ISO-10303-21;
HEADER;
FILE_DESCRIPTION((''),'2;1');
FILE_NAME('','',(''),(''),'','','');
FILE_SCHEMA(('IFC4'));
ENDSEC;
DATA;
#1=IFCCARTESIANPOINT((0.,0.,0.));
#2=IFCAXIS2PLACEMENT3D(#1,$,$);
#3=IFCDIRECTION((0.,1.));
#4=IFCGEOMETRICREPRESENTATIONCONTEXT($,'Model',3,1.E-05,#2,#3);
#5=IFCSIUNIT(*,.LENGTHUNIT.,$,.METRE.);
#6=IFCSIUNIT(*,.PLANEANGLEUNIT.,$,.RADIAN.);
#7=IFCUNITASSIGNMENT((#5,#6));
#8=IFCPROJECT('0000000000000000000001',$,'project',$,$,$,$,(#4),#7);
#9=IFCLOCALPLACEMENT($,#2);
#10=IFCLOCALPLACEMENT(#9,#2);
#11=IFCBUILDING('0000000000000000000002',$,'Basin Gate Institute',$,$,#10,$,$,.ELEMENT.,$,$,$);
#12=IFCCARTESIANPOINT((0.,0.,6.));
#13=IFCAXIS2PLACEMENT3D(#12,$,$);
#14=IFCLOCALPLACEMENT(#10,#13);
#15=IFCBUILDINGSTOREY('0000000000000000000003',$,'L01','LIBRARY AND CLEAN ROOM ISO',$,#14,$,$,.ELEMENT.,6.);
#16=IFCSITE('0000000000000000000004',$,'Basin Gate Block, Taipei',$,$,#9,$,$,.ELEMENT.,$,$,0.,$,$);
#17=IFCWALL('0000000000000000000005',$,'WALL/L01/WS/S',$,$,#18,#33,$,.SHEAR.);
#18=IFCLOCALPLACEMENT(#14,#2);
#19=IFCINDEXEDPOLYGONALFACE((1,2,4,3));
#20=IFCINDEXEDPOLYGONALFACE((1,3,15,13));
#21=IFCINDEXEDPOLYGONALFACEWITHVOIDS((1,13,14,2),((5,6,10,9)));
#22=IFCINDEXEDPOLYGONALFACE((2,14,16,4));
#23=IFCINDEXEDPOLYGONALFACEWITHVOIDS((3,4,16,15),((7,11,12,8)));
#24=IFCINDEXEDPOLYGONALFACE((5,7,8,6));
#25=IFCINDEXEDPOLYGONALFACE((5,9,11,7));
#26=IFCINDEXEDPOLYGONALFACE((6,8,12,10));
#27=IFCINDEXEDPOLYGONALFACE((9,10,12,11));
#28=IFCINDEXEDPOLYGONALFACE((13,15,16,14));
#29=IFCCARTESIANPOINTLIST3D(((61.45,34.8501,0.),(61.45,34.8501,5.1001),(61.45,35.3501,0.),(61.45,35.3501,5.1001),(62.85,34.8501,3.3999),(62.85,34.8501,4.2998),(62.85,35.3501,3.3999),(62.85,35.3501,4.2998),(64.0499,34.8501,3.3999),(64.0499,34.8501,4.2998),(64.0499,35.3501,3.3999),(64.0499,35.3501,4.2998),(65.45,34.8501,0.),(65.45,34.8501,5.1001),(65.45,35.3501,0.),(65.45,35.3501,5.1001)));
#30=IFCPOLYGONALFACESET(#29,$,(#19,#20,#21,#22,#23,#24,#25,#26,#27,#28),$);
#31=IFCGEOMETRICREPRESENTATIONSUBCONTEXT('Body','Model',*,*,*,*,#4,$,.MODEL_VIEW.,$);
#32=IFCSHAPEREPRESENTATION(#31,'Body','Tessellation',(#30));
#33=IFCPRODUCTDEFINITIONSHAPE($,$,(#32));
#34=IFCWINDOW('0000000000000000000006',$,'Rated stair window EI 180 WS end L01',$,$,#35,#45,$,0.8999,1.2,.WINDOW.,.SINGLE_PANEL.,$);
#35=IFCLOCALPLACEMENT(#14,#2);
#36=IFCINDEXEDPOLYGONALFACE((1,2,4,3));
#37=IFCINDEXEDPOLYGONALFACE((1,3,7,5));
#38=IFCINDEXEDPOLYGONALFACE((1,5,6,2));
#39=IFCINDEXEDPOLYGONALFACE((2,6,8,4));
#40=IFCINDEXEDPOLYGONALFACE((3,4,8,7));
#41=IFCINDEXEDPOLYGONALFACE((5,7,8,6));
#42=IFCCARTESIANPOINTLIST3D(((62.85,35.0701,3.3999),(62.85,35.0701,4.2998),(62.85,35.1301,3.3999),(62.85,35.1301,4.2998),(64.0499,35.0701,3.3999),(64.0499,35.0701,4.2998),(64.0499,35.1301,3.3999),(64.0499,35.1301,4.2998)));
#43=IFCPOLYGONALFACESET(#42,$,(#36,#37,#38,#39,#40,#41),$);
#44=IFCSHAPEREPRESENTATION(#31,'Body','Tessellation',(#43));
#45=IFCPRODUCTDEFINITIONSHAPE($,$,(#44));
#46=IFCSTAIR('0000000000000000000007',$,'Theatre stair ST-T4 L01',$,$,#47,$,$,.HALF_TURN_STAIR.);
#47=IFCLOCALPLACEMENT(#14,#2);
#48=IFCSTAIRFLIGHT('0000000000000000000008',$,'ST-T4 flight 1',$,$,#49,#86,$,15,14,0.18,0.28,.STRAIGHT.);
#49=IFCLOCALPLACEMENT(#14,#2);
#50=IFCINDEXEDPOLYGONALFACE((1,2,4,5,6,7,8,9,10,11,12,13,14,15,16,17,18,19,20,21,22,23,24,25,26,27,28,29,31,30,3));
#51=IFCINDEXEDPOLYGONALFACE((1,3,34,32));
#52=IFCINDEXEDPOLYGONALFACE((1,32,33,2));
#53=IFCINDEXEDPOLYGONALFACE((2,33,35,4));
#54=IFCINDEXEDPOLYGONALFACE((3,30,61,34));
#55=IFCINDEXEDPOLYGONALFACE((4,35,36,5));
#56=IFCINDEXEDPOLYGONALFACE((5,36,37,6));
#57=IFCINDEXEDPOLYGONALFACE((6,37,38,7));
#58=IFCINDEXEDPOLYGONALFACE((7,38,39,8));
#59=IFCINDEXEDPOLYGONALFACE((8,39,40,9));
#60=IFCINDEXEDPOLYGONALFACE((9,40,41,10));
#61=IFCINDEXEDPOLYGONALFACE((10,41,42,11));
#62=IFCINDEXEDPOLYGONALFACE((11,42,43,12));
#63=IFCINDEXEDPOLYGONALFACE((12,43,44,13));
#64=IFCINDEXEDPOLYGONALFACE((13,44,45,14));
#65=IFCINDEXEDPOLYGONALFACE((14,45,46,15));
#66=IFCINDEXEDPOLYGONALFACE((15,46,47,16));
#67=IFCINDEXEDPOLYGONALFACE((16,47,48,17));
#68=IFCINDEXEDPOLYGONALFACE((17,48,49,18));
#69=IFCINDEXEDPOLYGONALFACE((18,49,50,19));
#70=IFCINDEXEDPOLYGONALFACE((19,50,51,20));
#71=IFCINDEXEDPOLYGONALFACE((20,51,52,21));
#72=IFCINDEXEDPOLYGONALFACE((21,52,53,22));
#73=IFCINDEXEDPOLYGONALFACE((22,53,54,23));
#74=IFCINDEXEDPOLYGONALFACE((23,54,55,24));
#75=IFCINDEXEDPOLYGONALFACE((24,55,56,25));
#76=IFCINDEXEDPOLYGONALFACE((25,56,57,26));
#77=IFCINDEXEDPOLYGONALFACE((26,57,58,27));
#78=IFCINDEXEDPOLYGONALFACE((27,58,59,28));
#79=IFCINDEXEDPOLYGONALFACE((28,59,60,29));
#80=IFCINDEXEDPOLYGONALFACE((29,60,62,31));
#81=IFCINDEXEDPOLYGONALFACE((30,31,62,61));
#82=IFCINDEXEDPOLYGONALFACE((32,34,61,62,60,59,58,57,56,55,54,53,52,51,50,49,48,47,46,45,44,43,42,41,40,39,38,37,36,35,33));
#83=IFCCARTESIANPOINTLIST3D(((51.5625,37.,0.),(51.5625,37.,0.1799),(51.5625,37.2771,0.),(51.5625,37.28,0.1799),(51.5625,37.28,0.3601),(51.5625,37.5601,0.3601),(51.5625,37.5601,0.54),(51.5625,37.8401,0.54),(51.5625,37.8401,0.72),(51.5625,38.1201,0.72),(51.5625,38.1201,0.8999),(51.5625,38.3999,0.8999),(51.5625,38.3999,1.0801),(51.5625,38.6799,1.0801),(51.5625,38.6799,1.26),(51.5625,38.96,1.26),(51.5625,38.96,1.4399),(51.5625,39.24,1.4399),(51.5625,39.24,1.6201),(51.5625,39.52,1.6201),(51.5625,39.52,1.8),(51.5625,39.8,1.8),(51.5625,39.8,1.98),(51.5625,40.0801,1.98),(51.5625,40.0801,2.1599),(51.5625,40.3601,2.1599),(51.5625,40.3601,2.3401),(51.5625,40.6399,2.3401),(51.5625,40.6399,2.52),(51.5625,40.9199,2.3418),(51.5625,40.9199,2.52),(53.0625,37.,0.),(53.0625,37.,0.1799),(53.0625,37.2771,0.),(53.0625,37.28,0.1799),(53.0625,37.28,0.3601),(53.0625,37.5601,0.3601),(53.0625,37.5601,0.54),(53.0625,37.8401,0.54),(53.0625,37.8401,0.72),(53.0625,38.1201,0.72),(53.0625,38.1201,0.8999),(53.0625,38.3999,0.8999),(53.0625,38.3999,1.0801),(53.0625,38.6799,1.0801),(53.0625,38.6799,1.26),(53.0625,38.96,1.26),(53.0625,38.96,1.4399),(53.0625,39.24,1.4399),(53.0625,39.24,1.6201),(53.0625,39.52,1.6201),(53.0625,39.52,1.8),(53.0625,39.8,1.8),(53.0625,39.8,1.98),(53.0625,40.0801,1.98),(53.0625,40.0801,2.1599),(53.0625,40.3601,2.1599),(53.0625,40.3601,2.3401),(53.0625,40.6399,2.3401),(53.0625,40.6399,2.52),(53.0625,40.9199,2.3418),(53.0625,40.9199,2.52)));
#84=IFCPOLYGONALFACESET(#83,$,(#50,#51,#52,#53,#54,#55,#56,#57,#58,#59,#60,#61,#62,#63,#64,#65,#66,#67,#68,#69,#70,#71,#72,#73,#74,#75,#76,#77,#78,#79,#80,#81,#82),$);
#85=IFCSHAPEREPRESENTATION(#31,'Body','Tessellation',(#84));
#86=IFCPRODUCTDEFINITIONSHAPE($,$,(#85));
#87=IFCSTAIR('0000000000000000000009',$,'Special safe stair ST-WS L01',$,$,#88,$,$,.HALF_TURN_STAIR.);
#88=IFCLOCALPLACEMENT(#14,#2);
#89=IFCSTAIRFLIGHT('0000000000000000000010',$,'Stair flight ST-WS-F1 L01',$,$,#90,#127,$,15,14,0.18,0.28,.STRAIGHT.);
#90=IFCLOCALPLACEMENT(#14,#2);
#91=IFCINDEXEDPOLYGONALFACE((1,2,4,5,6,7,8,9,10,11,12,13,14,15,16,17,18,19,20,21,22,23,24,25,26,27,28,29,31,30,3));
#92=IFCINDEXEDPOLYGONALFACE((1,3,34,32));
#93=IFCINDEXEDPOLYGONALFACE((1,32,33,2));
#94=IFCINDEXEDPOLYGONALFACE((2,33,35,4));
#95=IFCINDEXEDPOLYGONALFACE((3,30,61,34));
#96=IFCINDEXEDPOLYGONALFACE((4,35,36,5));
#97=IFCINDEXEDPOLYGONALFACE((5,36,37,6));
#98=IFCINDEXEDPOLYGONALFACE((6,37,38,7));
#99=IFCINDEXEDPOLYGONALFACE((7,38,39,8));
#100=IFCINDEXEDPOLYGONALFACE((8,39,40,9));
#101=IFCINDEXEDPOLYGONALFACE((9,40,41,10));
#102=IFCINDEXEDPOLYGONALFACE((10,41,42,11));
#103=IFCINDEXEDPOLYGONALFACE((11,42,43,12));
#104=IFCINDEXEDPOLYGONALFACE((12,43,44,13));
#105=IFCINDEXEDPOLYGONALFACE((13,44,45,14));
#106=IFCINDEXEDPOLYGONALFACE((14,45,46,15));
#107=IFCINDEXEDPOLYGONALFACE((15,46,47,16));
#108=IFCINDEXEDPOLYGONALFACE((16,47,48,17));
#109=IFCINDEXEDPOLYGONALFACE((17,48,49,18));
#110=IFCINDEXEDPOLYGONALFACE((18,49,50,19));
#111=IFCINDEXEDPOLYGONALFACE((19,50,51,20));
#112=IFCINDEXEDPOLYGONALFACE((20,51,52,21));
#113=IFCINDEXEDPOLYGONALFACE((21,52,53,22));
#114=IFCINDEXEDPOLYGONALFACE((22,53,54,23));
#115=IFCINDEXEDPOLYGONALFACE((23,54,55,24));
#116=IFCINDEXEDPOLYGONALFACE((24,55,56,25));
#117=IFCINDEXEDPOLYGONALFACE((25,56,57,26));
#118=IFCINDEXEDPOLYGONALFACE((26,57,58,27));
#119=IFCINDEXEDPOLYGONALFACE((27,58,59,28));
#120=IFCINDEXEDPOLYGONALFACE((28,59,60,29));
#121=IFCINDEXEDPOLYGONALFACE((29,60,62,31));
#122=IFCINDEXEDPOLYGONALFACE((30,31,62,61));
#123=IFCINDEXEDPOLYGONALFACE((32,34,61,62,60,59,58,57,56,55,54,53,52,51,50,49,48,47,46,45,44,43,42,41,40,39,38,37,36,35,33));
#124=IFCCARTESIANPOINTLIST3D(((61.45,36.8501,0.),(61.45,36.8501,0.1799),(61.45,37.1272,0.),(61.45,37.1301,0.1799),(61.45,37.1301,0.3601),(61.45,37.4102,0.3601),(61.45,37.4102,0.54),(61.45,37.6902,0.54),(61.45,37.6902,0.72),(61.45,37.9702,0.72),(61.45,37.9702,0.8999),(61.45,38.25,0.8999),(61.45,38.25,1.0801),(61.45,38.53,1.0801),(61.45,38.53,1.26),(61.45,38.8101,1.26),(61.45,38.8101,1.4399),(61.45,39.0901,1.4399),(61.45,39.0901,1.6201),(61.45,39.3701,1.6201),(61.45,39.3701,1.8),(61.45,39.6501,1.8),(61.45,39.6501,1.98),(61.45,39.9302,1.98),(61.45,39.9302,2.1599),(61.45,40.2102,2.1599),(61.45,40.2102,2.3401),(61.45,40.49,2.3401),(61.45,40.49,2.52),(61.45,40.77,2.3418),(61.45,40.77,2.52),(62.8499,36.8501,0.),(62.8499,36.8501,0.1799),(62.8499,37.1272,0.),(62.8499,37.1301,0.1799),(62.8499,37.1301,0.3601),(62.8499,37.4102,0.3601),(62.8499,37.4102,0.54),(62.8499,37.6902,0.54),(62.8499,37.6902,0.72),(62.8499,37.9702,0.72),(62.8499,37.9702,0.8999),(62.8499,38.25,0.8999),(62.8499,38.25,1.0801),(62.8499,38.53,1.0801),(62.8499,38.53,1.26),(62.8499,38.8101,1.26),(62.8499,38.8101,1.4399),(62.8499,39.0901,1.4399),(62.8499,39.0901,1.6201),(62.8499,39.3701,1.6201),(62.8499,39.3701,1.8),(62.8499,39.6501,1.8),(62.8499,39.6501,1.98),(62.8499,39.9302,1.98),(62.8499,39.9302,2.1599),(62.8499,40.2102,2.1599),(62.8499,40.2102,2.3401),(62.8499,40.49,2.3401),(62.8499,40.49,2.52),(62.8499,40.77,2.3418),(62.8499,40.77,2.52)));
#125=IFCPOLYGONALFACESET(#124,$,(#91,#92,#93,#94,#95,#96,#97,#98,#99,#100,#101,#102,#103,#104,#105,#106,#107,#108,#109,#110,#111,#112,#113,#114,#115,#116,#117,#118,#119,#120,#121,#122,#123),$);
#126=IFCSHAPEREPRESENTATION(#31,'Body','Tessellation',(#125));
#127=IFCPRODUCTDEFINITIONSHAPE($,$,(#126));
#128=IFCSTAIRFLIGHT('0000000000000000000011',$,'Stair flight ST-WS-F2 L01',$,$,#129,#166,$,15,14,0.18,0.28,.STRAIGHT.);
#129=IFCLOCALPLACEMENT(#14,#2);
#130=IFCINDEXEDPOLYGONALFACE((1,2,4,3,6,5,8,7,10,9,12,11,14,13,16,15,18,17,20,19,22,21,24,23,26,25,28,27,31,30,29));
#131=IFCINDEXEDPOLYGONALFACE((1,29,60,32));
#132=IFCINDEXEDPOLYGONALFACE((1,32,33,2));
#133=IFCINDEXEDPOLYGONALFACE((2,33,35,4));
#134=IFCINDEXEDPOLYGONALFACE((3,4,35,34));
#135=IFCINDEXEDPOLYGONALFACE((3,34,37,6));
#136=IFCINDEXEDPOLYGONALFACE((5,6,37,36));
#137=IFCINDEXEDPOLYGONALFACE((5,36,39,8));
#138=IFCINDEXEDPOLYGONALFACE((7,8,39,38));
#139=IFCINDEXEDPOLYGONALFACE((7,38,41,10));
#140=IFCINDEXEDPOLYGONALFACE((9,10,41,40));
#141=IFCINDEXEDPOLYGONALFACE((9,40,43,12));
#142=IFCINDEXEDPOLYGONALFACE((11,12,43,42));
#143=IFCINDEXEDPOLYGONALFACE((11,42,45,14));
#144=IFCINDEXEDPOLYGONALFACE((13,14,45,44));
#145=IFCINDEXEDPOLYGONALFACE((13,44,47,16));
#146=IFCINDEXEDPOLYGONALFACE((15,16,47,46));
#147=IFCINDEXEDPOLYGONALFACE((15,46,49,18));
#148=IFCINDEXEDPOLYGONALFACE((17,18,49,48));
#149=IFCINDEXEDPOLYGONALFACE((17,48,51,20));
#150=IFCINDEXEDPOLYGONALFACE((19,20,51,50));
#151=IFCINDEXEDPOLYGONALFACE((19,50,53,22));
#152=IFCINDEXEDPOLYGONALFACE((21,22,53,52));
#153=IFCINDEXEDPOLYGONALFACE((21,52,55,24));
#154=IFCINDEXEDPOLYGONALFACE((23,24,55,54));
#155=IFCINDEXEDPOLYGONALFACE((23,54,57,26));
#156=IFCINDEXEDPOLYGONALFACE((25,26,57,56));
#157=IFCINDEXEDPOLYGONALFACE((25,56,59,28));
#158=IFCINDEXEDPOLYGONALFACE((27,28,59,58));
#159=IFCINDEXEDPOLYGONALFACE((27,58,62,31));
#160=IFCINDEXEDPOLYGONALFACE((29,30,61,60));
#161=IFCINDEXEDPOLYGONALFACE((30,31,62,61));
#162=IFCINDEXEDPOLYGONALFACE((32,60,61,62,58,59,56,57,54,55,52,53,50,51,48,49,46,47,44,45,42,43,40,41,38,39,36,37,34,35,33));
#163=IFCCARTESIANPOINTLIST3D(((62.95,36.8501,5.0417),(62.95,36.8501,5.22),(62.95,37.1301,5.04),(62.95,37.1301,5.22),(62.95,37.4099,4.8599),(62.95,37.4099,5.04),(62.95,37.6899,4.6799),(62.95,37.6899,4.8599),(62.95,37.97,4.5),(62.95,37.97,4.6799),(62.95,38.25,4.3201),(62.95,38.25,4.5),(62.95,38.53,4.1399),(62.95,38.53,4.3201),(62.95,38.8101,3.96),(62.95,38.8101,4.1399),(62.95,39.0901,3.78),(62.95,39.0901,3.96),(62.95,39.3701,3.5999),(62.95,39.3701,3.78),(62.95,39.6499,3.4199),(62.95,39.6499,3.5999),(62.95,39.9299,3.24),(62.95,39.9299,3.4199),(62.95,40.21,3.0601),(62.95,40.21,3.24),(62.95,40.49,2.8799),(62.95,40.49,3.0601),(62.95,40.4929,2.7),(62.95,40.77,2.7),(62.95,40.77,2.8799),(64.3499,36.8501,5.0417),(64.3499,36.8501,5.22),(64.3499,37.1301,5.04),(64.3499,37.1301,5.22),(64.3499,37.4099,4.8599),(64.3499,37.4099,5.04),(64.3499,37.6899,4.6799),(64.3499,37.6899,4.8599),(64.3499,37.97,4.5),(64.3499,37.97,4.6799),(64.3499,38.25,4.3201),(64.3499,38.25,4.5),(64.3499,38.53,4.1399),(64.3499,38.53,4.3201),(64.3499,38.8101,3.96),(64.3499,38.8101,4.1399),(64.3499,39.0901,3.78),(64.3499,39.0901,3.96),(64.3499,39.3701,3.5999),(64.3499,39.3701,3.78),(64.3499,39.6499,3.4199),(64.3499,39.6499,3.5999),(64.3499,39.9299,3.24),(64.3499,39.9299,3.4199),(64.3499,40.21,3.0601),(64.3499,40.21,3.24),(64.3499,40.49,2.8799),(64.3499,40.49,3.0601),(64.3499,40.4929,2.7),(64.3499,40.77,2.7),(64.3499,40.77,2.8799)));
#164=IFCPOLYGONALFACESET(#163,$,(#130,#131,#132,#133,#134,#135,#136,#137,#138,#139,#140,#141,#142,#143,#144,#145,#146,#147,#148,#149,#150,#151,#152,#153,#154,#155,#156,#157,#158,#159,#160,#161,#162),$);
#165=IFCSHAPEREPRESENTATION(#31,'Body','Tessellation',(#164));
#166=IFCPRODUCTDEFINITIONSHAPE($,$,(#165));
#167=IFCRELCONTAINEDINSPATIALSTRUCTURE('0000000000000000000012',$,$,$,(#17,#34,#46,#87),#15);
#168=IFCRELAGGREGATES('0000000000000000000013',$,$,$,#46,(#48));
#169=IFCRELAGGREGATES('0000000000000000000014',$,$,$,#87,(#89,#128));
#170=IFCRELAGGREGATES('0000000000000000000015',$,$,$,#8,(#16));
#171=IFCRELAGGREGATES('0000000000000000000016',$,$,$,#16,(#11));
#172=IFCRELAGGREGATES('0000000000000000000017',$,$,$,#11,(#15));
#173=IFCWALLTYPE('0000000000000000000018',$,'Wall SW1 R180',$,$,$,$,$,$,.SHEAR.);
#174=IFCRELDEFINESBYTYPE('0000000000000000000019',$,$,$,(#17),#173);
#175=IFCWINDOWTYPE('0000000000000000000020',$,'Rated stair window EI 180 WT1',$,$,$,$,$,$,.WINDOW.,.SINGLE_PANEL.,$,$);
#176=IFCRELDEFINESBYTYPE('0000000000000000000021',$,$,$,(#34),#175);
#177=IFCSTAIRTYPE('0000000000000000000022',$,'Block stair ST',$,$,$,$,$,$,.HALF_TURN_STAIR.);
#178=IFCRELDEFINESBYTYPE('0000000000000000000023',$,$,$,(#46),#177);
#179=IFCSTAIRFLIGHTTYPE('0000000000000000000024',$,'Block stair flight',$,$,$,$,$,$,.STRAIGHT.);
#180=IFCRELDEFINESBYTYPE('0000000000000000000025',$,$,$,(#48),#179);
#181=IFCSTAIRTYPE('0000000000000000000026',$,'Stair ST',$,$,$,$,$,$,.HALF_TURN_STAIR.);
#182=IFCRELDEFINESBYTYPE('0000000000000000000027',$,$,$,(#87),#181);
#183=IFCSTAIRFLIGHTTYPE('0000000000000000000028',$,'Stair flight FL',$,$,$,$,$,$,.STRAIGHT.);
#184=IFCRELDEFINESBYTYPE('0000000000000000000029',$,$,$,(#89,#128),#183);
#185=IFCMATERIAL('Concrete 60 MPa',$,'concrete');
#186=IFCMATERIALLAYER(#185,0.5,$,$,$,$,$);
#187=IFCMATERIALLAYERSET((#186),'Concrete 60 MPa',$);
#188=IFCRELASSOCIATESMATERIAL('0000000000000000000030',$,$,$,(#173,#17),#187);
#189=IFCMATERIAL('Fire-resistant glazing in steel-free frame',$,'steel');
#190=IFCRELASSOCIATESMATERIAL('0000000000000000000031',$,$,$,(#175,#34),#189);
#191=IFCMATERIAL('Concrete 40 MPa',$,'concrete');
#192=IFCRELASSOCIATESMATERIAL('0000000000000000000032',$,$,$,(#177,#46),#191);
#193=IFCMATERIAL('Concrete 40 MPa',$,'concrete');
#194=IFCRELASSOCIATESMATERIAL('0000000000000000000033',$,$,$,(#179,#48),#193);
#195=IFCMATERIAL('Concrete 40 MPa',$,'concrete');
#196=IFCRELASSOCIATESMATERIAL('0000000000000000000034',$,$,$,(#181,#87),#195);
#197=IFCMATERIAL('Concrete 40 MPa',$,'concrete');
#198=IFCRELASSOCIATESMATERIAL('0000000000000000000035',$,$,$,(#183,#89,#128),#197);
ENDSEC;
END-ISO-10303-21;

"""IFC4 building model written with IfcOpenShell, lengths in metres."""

from ifc_helpers import new_model, si_unit, direction, frame, frame_2d, origin, place, context, subcontext, project, spatial, polyline, rectangle, outline, extrude, material, layer, layer_set, type_object, element, fill, aggregate, save


model = new_model("IFC4")

# Units and contexts
model_context = context("Model", 3, precision=1e-05, world=origin(), true_north=direction((0.0, 1.0)))
body_context = subcontext(model_context, "Body", "Model", "MODEL_VIEW")
ifc_project = project(units=[si_unit("LENGTHUNIT", "METRE"), si_unit("PLANEANGLEUNIT", "RADIAN")], contexts=[model_context])

# Site, building, storey
site_placement = place(None, origin())
site = spatial("IfcSite", under=ifc_project, at=site_placement, Name="Basin Gate Block, Taipei", CompositionType="ELEMENT", RefElevation=0.0)
building_placement = place(site_placement, origin())
building = spatial("IfcBuilding", under=site, at=building_placement, Name="Basin Gate Institute", CompositionType="ELEMENT")
storey_placement = place(building_placement, frame((0.0, 0.0, 6.0)))
storey = spatial("IfcBuildingStorey", under=building, at=storey_placement, Name="L01", Description="LIBRARY AND CLEAN ROOM ISO", CompositionType="ELEMENT", Elevation=6.0)

# Shared definitions
ifc_material_1 = material(Name="Concrete 60 MPa", Category="concrete")
ifc_layer_1 = layer(ifc_material_1, 0.5)
ifc_layer_set_1 = layer_set([ifc_layer_1], Name="Concrete 60 MPa")
wall_type_1 = type_object("IfcWallType", Name="Wall SW1 R180", PredefinedType="SHEAR", material=ifc_layer_set_1)
ifc_material_2 = material(Name="Fire-resistant glazing in steel-free frame", Category="steel")
window_type_1 = type_object("IfcWindowType", Name="Rated stair window EI 180 WT1", PartitioningType="SINGLE_PANEL", PredefinedType="WINDOW", material=ifc_material_2)

# Wall, opening, window
wall_1_placement = place(storey_placement, frame((61.45, 35.1001, 0.0), z_axis=(0.0, 0.0, 1.0), x_axis=(1.0, 0.0, 0.0)))
wall_1 = element("IfcWall", 1, at=wall_1_placement, inside=storey, type_object=wall_type_1, material=ifc_layer_set_1, Name="WALL/L01/WS/S", PredefinedType="SHEAR", context=body_context, shape_type="SweptSolid", body=[
    extrude(rectangle(XDim=4.0, YDim=0.5, at=frame_2d((2.0, 0.0))), origin(), (0.0, 0.0, 1.0), 5.1001),
])
opening_1_placement = place(wall_1_placement, frame((1.3999, 0.0, 3.3999)))
opening_1 = element("IfcOpeningElement", 2, at=opening_1_placement, cuts=wall_1, PredefinedType="OPENING", context=body_context, shape_type="SweptSolid", body=[
    extrude(rectangle(XDim=1.2, YDim=0.8999, at=frame_2d((0.6001, 0.45))), frame((0.0, 0.26, 0.0), z_axis=(0.0, -1.0, 0.0), x_axis=(1.0, 0.0, 0.0)), (0.0, 0.0, 1.0), 0.52),
])
window_1_placement = place(opening_1_placement, origin())
window_1 = element("IfcWindow", 3, at=window_1_placement, inside=storey, type_object=window_type_1, material=ifc_material_2, Name="Rated stair window EI 180 WS end L01", OverallHeight=0.8999, OverallWidth=1.2, PartitioningType="SINGLE_PANEL", PredefinedType="WINDOW", context=body_context, shape_type="SweptSolid", body=[
    extrude(rectangle(XDim=1.2, YDim=0.8999, at=frame_2d((0.6001, 0.45))), frame((0.0, 0.03, 0.0), z_axis=(0.0, -1.0, 0.0), x_axis=(1.0, 0.0, 0.0)), (0.0, 0.0, 1.0), 0.0601),
])
fill(opening_1, window_1)

# Stair, stair flight
ifc_material_3 = material(Name="Concrete 40 MPa", Category="concrete")
stair_type_1 = type_object("IfcStairType", Name="Block stair ST", PredefinedType="HALF_TURN_STAIR", material=ifc_material_3)
stair_1_placement = place(storey_placement, origin())
stair_1 = element("IfcStair", 4, at=stair_1_placement, inside=storey, type_object=stair_type_1, material=ifc_material_3, Name="Theatre stair ST-T4 L01", PredefinedType="HALF_TURN_STAIR")
ifc_material_4 = material(Name="Concrete 40 MPa", Category="concrete")
stair_flight_type_1 = type_object("IfcStairFlightType", Name="Block stair flight", PredefinedType="STRAIGHT", material=ifc_material_4)
stair_flight_1_placement = place(storey_placement, frame((52.3125, 37.0, 0.0), z_axis=(0.0, 0.0, 1.0), x_axis=(0.0, 1.0, 0.0)))
stair_flight_1 = element("IfcStairFlight", 5, at=stair_flight_1_placement, type_object=stair_flight_type_1, material=ifc_material_4, Name="ST-T4 flight 1", NumberOfRisers=15, NumberOfTreads=14, PredefinedType="STRAIGHT", RiserHeight=0.18, TreadLength=0.28, context=body_context, shape_type="SweptSolid", body=[
    extrude(outline(polyline([(0.0, 0.0), (0.0, 0.1799), (0.28, 0.1799), (0.28, 0.3601), (0.5601, 0.3601), (0.5601, 0.54), (0.8401, 0.54), (0.8401, 0.72), (1.1201, 0.72), (1.1201, 0.8999), (1.3999, 0.8999), (1.3999, 1.0801), (1.6799, 1.0801), (1.6799, 1.26), (1.96, 1.26), (1.96, 1.4399), (2.24, 1.4399), (2.24, 1.6201), (2.52, 1.6201), (2.52, 1.8), (2.8, 1.8), (2.8, 1.98), (3.0801, 1.98), (3.0801, 2.1599), (3.3601, 2.1599), (3.3601, 2.3401), (3.6399, 2.3401), (3.6399, 2.52), (3.9199, 2.52), (3.9199, 2.7), (3.9199, 2.3418), (0.2771, 0.0), (0.0, 0.0)])), frame((0.0, 0.75, 0.0), z_axis=(0.0, -1.0, 0.0), x_axis=(1.0, 0.0, 0.0)), (0.0, 0.0, 1.0), 1.5),
])
aggregate(stair_1, [stair_flight_1])

# Stair, stair flights
ifc_material_5 = material(Name="Concrete 40 MPa", Category="concrete")
stair_type_2 = type_object("IfcStairType", Name="Stair ST", PredefinedType="HALF_TURN_STAIR", material=ifc_material_5)
stair_2_placement = place(storey_placement, origin())
stair_2 = element("IfcStair", 6, at=stair_2_placement, inside=storey, type_object=stair_type_2, material=ifc_material_5, Name="Special safe stair ST-WS L01", PredefinedType="HALF_TURN_STAIR")
ifc_material_6 = material(Name="Concrete 40 MPa", Category="concrete")
stair_flight_type_2 = type_object("IfcStairFlightType", Name="Stair flight FL", PredefinedType="STRAIGHT", material=ifc_material_6)
stair_flight_2_placement = place(storey_placement, frame((62.1499, 36.8501, 0.0), z_axis=(0.0, 0.0, 1.0), x_axis=(0.0, 1.0, 0.0)))
stair_flight_2 = element("IfcStairFlight", 7, at=stair_flight_2_placement, type_object=stair_flight_type_2, material=ifc_material_6, Name="Stair flight ST-WS-F1 L01", NumberOfRisers=15, NumberOfTreads=14, PredefinedType="STRAIGHT", RiserHeight=0.18, TreadLength=0.28, context=body_context, shape_type="SweptSolid", body=[
    extrude(outline(polyline([(0.0, 0.0), (0.0, 0.1799), (0.28, 0.1799), (0.28, 0.3601), (0.5601, 0.3601), (0.5601, 0.54), (0.8401, 0.54), (0.8401, 0.72), (1.1201, 0.72), (1.1201, 0.8999), (1.3999, 0.8999), (1.3999, 1.0801), (1.6799, 1.0801), (1.6799, 1.26), (1.96, 1.26), (1.96, 1.4399), (2.24, 1.4399), (2.24, 1.6201), (2.52, 1.6201), (2.52, 1.8), (2.8, 1.8), (2.8, 1.98), (3.0801, 1.98), (3.0801, 2.1599), (3.3601, 2.1599), (3.3601, 2.3401), (3.6399, 2.3401), (3.6399, 2.52), (3.9199, 2.52), (3.9199, 2.7), (3.9199, 2.3418), (0.2771, 0.0), (0.0, 0.0)])), frame((0.0, 0.7, 0.0), z_axis=(0.0, -1.0, 0.0), x_axis=(1.0, 0.0, 0.0)), (0.0, 0.0, 1.0), 1.3999),
])
stair_flight_3_placement = place(storey_placement, frame((63.6499, 40.77, 2.7), z_axis=(0.0, 0.0, 1.0), x_axis=(0.0, -1.0, 0.0)))
stair_flight_3 = element("IfcStairFlight", 8, at=stair_flight_3_placement, type_object=stair_flight_type_2, material=ifc_material_6, Name="Stair flight ST-WS-F2 L01", NumberOfRisers=15, NumberOfTreads=14, PredefinedType="STRAIGHT", RiserHeight=0.18, TreadLength=0.28, context=body_context, shape_type="SweptSolid", body=[
    extrude(outline(polyline([(0.0, 0.0), (0.0, 0.1799), (0.28, 0.1799), (0.28, 0.3601), (0.5601, 0.3601), (0.5601, 0.54), (0.8401, 0.54), (0.8401, 0.72), (1.1201, 0.72), (1.1201, 0.8999), (1.3999, 0.8999), (1.3999, 1.0801), (1.6799, 1.0801), (1.6799, 1.26), (1.96, 1.26), (1.96, 1.4399), (2.24, 1.4399), (2.24, 1.6201), (2.52, 1.6201), (2.52, 1.8), (2.8, 1.8), (2.8, 1.98), (3.0801, 1.98), (3.0801, 2.1599), (3.3601, 2.1599), (3.3601, 2.3401), (3.6399, 2.3401), (3.6399, 2.52), (3.9199, 2.52), (3.9199, 2.7), (3.9199, 2.3418), (0.2771, 0.0), (0.0, 0.0)])), frame((0.0, 0.7, 0.0), z_axis=(0.0, -1.0, 0.0), x_axis=(1.0, 0.0, 0.0)), (0.0, 0.0, 1.0), 1.3999),
])
aggregate(stair_2, [stair_flight_2, stair_flight_3])

save(model, "model.ifc")
